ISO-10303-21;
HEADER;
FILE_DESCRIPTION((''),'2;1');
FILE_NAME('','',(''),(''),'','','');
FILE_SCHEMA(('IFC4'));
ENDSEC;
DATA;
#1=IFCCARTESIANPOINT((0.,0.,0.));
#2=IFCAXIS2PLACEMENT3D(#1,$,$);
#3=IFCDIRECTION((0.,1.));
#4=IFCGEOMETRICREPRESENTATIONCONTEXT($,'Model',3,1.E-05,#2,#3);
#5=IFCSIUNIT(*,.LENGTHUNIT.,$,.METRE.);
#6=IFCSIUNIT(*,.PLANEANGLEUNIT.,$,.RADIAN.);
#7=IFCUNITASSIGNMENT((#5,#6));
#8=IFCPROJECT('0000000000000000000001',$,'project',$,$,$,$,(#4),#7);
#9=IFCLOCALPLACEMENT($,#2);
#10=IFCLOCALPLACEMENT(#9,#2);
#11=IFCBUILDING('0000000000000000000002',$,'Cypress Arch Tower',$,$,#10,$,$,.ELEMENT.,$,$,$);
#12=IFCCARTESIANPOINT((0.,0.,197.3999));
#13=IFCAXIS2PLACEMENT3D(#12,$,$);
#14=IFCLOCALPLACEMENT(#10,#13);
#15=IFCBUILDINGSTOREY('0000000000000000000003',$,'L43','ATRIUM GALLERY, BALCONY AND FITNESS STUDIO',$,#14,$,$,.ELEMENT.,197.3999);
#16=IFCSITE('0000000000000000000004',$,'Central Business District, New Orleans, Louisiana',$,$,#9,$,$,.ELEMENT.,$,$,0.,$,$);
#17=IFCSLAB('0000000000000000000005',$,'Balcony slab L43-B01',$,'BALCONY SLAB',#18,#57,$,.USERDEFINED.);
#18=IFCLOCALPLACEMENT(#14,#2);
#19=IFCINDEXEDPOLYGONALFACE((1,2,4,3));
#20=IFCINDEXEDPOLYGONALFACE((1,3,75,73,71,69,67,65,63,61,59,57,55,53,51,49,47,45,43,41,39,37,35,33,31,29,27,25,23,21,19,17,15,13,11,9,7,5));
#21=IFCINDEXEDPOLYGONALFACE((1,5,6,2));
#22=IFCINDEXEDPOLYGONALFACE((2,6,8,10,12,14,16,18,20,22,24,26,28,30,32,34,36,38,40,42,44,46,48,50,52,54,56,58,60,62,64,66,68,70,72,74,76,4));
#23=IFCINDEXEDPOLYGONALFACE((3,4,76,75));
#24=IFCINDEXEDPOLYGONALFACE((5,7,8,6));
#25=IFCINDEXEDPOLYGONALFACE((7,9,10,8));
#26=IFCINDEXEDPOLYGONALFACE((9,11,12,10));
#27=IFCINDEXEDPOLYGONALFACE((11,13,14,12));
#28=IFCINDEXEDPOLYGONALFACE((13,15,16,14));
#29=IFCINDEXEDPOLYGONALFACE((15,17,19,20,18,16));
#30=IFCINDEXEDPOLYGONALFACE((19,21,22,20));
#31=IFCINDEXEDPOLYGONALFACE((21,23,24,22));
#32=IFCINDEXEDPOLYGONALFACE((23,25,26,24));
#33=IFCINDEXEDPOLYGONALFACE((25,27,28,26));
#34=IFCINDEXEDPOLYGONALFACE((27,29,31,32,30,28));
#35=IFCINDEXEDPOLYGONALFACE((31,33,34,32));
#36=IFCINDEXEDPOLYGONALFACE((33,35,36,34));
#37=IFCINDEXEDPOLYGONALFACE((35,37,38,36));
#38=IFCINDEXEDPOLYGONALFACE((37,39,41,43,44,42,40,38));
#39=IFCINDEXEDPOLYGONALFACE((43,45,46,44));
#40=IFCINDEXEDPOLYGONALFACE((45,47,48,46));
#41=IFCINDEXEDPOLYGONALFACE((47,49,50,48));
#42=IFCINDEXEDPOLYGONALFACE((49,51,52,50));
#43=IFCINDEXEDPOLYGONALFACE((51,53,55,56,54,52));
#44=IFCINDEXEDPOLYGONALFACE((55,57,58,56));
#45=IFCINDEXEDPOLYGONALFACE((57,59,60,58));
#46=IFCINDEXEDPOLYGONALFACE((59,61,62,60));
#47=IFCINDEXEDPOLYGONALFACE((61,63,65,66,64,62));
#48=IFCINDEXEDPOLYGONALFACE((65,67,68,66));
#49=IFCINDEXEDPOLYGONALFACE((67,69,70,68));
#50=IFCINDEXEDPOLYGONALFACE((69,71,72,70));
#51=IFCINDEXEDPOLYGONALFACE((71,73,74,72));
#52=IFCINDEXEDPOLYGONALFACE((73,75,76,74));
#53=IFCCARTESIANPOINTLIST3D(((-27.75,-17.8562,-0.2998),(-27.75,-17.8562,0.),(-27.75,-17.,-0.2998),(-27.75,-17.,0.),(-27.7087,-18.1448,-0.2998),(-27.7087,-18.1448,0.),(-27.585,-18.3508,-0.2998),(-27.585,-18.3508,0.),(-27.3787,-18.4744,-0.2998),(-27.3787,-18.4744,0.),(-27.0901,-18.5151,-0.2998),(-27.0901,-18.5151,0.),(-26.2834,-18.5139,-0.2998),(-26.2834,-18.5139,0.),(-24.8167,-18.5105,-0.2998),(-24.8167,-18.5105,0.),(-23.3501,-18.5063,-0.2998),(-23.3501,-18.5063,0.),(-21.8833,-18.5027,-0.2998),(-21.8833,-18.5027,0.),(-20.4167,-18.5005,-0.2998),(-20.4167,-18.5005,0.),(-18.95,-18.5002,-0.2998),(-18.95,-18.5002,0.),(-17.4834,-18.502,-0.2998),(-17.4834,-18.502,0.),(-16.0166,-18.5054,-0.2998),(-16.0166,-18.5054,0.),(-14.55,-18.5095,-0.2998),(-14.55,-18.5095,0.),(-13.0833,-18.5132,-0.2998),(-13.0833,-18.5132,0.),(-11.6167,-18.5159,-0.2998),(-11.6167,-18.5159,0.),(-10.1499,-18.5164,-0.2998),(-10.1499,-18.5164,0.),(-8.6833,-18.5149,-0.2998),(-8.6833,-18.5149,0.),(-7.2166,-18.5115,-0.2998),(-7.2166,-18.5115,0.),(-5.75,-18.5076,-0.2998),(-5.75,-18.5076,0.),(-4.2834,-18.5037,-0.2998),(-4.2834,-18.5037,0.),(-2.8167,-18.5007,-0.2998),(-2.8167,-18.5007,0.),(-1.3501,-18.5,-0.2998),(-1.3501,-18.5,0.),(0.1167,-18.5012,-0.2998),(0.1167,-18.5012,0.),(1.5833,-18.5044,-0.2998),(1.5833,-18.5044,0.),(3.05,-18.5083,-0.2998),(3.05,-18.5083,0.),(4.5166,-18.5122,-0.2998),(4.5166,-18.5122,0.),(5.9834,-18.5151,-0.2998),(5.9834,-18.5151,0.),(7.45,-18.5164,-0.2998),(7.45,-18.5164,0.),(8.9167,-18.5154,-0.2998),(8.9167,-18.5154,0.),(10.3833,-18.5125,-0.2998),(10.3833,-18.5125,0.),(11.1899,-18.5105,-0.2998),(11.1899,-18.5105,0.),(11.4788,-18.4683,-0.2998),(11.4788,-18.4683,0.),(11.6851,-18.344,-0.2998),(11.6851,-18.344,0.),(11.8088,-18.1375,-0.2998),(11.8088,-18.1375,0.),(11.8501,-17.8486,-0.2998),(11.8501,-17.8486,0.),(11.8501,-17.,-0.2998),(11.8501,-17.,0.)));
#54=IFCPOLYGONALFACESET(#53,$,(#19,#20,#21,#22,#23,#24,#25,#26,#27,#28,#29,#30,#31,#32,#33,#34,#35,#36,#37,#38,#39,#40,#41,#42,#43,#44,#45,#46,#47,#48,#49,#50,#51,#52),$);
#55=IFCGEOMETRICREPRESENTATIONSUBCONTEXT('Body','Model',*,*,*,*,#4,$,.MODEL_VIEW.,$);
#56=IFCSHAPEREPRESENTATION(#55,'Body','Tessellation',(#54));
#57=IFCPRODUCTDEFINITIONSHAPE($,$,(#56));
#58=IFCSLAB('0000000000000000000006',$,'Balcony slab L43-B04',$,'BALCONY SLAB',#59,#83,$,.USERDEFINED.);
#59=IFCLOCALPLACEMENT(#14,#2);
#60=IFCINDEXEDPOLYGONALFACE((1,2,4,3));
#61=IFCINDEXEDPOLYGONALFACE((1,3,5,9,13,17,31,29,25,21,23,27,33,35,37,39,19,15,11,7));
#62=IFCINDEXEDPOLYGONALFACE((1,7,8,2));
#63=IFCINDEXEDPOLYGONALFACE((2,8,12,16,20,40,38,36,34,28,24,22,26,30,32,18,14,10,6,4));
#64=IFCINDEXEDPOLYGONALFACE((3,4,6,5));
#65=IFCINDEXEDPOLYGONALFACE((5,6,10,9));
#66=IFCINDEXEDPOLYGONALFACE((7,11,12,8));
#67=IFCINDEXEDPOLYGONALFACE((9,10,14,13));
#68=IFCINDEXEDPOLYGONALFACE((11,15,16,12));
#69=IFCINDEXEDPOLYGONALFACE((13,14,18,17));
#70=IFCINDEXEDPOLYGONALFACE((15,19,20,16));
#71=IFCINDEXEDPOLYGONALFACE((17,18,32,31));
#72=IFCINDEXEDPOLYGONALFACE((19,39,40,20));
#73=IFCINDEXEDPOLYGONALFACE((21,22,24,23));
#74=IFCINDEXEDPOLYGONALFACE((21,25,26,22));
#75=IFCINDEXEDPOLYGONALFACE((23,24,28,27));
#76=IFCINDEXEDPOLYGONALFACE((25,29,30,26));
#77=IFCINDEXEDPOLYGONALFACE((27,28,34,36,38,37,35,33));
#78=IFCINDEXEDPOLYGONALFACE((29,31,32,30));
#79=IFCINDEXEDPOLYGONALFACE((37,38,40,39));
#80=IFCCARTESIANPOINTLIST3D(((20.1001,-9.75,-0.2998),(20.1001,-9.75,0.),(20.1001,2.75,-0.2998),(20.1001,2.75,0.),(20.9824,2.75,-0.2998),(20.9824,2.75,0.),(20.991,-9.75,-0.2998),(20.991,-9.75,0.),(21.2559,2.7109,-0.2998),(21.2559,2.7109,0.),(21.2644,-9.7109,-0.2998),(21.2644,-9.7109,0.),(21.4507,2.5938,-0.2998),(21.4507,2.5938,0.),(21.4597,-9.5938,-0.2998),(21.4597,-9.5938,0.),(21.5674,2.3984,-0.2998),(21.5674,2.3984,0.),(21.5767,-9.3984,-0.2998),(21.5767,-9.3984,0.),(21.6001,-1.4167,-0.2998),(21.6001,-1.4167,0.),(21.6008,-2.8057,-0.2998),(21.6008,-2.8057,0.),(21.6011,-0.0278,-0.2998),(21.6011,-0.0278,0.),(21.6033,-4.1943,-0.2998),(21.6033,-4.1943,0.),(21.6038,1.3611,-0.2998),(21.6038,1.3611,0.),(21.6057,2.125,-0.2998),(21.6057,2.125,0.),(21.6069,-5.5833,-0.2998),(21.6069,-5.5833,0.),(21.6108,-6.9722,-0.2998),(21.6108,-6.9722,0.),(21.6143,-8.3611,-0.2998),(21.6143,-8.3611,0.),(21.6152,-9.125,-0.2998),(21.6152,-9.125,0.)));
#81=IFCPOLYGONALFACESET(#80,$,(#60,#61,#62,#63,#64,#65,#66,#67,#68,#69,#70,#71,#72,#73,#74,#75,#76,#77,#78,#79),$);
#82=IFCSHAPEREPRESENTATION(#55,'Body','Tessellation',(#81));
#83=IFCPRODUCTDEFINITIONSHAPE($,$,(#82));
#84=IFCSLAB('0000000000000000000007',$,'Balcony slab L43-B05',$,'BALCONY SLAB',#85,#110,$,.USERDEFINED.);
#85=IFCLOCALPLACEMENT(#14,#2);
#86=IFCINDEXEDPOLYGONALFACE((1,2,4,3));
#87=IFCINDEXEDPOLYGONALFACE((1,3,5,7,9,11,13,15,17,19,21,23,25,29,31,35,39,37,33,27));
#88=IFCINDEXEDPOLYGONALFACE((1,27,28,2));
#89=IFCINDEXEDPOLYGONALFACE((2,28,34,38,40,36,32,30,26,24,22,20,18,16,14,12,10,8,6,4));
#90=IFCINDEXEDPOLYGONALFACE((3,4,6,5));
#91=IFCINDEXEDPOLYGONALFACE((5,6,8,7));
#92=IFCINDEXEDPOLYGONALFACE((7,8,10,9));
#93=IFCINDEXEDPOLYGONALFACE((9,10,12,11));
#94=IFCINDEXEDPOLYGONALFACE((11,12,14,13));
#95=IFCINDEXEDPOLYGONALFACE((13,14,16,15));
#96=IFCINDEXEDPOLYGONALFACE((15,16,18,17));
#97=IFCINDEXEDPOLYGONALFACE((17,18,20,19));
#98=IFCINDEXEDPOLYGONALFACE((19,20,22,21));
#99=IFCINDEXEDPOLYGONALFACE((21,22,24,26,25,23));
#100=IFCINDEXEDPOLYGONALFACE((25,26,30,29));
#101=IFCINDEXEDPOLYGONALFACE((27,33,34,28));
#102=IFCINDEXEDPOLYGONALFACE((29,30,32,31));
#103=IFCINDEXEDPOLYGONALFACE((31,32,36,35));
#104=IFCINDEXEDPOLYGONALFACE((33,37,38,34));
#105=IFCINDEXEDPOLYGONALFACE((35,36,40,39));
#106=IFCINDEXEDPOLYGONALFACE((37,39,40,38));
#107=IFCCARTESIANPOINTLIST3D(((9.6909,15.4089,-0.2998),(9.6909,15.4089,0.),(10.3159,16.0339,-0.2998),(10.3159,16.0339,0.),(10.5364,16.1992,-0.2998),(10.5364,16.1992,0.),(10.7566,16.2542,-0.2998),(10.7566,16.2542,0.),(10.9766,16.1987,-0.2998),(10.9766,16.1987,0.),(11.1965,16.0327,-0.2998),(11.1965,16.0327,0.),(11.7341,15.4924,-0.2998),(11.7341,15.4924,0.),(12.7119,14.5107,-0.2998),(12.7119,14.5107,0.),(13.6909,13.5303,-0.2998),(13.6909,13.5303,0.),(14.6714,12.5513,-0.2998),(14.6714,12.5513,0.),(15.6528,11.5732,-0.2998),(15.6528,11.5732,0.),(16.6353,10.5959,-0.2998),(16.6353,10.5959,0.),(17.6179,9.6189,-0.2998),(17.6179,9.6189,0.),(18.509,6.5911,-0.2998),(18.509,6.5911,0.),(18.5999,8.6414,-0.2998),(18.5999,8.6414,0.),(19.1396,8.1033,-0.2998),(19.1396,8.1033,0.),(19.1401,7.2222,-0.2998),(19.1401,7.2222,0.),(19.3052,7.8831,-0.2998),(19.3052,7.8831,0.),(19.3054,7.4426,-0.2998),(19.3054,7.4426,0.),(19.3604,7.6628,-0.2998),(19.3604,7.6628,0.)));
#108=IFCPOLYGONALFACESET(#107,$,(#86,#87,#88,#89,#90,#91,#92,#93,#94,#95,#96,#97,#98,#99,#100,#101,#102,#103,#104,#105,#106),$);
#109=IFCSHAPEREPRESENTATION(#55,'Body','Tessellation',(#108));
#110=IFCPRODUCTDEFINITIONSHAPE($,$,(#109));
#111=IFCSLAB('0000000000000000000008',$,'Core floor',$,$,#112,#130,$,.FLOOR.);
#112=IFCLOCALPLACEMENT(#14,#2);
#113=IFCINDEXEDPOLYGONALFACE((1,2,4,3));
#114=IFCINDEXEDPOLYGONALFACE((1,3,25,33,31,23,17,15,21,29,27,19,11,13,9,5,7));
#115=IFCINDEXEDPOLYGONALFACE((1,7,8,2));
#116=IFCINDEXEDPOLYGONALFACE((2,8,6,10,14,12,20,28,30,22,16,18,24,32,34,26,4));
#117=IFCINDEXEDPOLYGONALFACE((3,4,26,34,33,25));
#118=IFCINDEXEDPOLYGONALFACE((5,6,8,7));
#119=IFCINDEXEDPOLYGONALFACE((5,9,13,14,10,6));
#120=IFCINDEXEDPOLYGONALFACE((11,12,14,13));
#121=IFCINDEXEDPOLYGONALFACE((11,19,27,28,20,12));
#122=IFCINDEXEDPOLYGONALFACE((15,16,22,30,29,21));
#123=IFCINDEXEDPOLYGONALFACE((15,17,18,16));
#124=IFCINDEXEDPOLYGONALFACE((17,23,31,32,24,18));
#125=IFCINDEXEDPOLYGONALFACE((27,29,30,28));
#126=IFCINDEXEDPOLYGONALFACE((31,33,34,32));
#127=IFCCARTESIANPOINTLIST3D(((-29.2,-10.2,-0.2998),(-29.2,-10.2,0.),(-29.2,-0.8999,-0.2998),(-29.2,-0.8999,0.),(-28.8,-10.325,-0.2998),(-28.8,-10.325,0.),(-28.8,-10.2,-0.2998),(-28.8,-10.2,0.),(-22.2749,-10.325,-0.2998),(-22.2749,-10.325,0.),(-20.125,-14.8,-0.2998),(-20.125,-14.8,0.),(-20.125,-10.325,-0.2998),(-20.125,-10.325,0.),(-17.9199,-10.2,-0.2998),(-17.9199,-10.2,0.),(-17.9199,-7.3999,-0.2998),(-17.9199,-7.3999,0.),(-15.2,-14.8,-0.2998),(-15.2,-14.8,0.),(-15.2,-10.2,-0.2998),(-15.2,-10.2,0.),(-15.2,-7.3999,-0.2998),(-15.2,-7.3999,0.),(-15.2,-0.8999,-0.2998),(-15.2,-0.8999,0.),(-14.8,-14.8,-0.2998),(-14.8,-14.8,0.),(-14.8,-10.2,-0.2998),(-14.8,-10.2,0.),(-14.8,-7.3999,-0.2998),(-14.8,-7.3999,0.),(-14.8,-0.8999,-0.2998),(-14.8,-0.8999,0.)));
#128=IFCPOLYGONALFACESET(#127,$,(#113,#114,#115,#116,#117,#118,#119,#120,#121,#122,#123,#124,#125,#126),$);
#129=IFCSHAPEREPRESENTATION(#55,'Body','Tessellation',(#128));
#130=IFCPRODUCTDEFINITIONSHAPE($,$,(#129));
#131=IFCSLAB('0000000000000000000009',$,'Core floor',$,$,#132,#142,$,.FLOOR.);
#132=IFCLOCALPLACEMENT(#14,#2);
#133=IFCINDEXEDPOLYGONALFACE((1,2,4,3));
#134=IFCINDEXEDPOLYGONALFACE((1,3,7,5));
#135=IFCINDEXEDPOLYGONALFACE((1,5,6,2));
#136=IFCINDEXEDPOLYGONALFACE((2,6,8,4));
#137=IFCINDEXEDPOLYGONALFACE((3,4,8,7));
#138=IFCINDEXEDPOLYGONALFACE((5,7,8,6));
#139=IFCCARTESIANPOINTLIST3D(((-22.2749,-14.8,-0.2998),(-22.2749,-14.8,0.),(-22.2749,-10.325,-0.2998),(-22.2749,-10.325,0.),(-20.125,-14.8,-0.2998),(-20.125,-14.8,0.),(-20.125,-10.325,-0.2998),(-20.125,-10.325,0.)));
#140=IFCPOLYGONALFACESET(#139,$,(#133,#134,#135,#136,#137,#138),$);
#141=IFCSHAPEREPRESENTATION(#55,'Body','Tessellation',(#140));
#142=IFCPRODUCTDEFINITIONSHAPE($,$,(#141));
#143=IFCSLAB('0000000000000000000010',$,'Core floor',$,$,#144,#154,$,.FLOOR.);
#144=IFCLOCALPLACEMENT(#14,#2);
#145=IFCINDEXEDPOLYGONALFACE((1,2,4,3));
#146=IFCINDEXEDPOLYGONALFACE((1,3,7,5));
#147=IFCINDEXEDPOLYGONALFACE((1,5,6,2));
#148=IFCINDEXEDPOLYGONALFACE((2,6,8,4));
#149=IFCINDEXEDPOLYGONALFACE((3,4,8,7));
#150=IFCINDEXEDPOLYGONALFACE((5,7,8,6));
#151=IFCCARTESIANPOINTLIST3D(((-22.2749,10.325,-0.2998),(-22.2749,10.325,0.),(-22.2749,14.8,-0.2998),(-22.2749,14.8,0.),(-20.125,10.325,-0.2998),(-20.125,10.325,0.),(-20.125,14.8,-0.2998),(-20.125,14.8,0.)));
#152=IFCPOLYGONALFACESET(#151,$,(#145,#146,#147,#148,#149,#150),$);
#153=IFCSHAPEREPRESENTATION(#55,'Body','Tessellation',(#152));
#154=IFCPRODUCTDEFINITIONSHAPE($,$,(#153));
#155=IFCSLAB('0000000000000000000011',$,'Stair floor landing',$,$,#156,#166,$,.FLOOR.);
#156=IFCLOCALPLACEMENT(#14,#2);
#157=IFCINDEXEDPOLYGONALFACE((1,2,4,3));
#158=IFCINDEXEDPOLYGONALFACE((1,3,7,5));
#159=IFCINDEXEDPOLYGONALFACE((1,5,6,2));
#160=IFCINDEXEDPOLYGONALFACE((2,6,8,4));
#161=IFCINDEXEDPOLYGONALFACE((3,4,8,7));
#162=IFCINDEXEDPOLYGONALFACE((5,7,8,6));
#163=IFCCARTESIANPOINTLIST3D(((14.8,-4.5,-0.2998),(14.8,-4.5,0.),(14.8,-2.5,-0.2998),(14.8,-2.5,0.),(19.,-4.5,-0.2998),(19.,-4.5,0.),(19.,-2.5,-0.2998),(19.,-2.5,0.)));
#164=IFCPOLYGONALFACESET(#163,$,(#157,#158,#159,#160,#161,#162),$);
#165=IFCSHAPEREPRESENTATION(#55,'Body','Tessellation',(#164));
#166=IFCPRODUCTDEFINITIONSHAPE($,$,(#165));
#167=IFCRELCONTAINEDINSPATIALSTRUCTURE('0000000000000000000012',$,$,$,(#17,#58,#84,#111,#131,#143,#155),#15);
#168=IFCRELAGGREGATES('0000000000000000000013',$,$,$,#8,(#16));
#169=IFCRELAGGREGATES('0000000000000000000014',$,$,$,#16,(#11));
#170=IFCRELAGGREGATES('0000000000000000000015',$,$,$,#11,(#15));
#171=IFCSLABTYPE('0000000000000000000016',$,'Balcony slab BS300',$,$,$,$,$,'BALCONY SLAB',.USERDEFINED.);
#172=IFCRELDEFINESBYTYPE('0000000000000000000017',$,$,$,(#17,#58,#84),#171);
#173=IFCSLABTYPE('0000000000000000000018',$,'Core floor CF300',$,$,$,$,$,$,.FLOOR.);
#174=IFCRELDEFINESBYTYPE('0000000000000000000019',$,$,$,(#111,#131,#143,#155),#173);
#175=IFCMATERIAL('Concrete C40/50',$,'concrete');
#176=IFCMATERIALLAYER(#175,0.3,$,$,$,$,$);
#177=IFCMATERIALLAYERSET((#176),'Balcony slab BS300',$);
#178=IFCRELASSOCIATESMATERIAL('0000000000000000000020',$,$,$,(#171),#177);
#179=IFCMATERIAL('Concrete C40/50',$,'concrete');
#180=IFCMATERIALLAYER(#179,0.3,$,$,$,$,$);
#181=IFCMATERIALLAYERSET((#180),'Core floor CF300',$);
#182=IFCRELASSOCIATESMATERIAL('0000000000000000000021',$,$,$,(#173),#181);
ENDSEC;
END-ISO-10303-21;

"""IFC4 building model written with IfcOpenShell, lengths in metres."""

from ifc_helpers import new_model, si_unit, direction, frame, origin, place, context, subcontext, project, spatial, polyline, outline, extrude, material, layer, layer_set, type_object, element, save


model = new_model("IFC4")

# Units and contexts
model_context = context("Model", 3, precision=1e-05, world=origin(), true_north=direction((0.0, 1.0)))
body_context = subcontext(model_context, "Body", "Model", "MODEL_VIEW")
ifc_project = project(units=[si_unit("LENGTHUNIT", "METRE"), si_unit("PLANEANGLEUNIT", "RADIAN")], contexts=[model_context])

# Site, building, storey
site_placement = place(None, origin())
site = spatial("IfcSite", under=ifc_project, at=site_placement, Name="Central Business District, New Orleans, Louisiana", CompositionType="ELEMENT", RefElevation=0.0)
building_placement = place(site_placement, origin())
building = spatial("IfcBuilding", under=site, at=building_placement, Name="Cypress Arch Tower", CompositionType="ELEMENT")
storey_placement = place(building_placement, frame((0.0, 0.0, 197.3999)))
storey = spatial("IfcBuildingStorey", under=building, at=storey_placement, Name="L43", Description="ATRIUM GALLERY, BALCONY AND FITNESS STUDIO", CompositionType="ELEMENT", Elevation=197.3999)

# Slabs
ifc_material_1 = material(Name="Concrete C40/50", Category="concrete")
ifc_layer_1 = layer(ifc_material_1, 0.3)
ifc_layer_set_1 = layer_set([ifc_layer_1], Name="Balcony slab BS300")
slab_type_1 = type_object("IfcSlabType", Name="Balcony slab BS300", ElementType="BALCONY SLAB", PredefinedType="USERDEFINED", material=ifc_layer_set_1)
slab_1_placement = place(storey_placement, frame((0.0, 0.0, -0.2998)))
element("IfcSlab", 1, at=slab_1_placement, inside=storey, type_object=slab_type_1, Name="Balcony slab L43-B01", ObjectType="BALCONY SLAB", PredefinedType="USERDEFINED", context=body_context, shape_type="SweptSolid", body=[
    extrude(outline(polyline([(-27.75, -17.0), (-27.75, -17.8562), (-27.7087, -18.1448), (-27.585, -18.3508), (-27.3787, -18.4744), (-27.0901, -18.5151), (-26.2834, -18.5139), (-24.8167, -18.5105), (-23.3501, -18.5063), (-21.8833, -18.5027), (-20.4167, -18.5005), (-18.95, -18.5002), (-17.4834, -18.502), (-16.0166, -18.5054), (-14.55, -18.5095), (-13.0833, -18.5132), (-11.6167, -18.5159), (-10.1499, -18.5164), (-8.6833, -18.5149), (-7.2166, -18.5115), (-5.75, -18.5076), (-4.2834, -18.5037), (-2.8167, -18.5007), (-1.3501, -18.5), (0.1167, -18.5012), (1.5833, -18.5044), (3.05, -18.5083), (4.5166, -18.5122), (5.9834, -18.5151), (7.45, -18.5164), (8.9167, -18.5154), (10.3833, -18.5125), (11.1899, -18.5105), (11.4788, -18.4683), (11.6851, -18.344), (11.8088, -18.1375), (11.8501, -17.8486), (11.8501, -17.0), (-27.75, -17.0)])), origin(), (0.0, 0.0, 1.0), 0.2998),
])
slab_2_placement = place(storey_placement, frame((0.0, 0.0, -0.2998)))
element("IfcSlab", 2, at=slab_2_placement, inside=storey, type_object=slab_type_1, Name="Balcony slab L43-B04", ObjectType="BALCONY SLAB", PredefinedType="USERDEFINED", context=body_context, shape_type="SweptSolid", body=[
    extrude(outline(polyline([(20.1001, -9.75), (20.991, -9.75), (21.2644, -9.7109), (21.4597, -9.5938), (21.5767, -9.3984), (21.6152, -9.125), (21.6143, -8.3611), (21.6108, -6.9722), (21.6069, -5.5833), (21.6033, -4.1943), (21.6008, -2.8057), (21.6001, -1.4167), (21.6011, -0.0278), (21.6038, 1.3611), (21.6057, 2.125), (21.5674, 2.3984), (21.4507, 2.5938), (21.2559, 2.7109), (20.9824, 2.75), (20.1001, 2.75), (20.1001, -9.75)])), origin(), (0.0, 0.0, 1.0), 0.2998),
])
slab_3_placement = place(storey_placement, frame((0.0, 0.0, -0.2998)))
element("IfcSlab", 3, at=slab_3_placement, inside=storey, type_object=slab_type_1, Name="Balcony slab L43-B05", ObjectType="BALCONY SLAB", PredefinedType="USERDEFINED", context=body_context, shape_type="SweptSolid", body=[
    extrude(outline(polyline([(18.509, 6.5911), (19.1401, 7.2222), (19.3054, 7.4426), (19.3604, 7.6628), (19.3052, 7.8831), (19.1396, 8.1033), (18.5999, 8.6414), (17.6179, 9.6189), (16.6353, 10.5959), (15.6528, 11.5732), (14.6714, 12.5513), (13.6909, 13.5303), (12.7119, 14.5107), (11.7341, 15.4924), (11.1965, 16.0327), (10.9766, 16.1987), (10.7566, 16.2542), (10.5364, 16.1992), (10.3159, 16.0339), (9.6909, 15.4089), (18.509, 6.5911)])), origin(), (0.0, 0.0, 1.0), 0.2998),
])
ifc_material_2 = material(Name="Concrete C40/50", Category="concrete")
ifc_layer_2 = layer(ifc_material_2, 0.3)
ifc_layer_set_2 = layer_set([ifc_layer_2], Name="Core floor CF300")
slab_type_2 = type_object("IfcSlabType", Name="Core floor CF300", PredefinedType="FLOOR", material=ifc_layer_set_2)
slab_4_placement = place(storey_placement, frame((0.0, 0.0, -0.2998)))
element("IfcSlab", 4, at=slab_4_placement, inside=storey, type_object=slab_type_2, Name="Core floor", PredefinedType="FLOOR", context=body_context, shape_type="SweptSolid", body=[
    extrude(outline(polyline([(-28.8, -10.2), (-29.2, -10.2), (-29.2, -0.8999), (-15.2, -0.8999), (-14.8, -0.8999), (-14.8, -7.3999), (-15.2, -7.3999), (-17.9199, -7.3999), (-17.9199, -10.2), (-15.2, -10.2), (-14.8, -10.2), (-14.8, -14.8), (-15.2, -14.8), (-20.125, -14.8), (-20.125, -10.325), (-22.2749, -10.325), (-28.8, -10.325), (-28.8, -10.2)])), origin(), (0.0, 0.0, 1.0), 0.2998),
])
slab_5_placement = place(storey_placement, frame((0.0, 0.0, -0.2998)))
element("IfcSlab", 5, at=slab_5_placement, inside=storey, type_object=slab_type_2, Name="Core floor", PredefinedType="FLOOR", context=body_context, shape_type="SweptSolid", body=[
    extrude(outline(polyline([(-22.2749, -10.325), (-22.2749, -14.8), (-20.125, -14.8), (-20.125, -10.325), (-22.2749, -10.325)])), origin(), (0.0, 0.0, 1.0), 0.2998),
])
slab_6_placement = place(storey_placement, frame((0.0, 0.0, -0.2998)))
element("IfcSlab", 6, at=slab_6_placement, inside=storey, type_object=slab_type_2, Name="Core floor", PredefinedType="FLOOR", context=body_context, shape_type="SweptSolid", body=[
    extrude(outline(polyline([(-20.125, 14.8), (-22.2749, 14.8), (-22.2749, 10.325), (-20.125, 10.325), (-20.125, 14.8)])), origin(), (0.0, 0.0, 1.0), 0.2998),
])
slab_7_placement = place(storey_placement, frame((0.0, 0.0, -0.2998)))
element("IfcSlab", 7, at=slab_7_placement, inside=storey, type_object=slab_type_2, Name="Stair floor landing", PredefinedType="FLOOR", context=body_context, shape_type="SweptSolid", body=[
    extrude(outline(polyline([(19.0, -4.5), (19.0, -2.5), (14.8, -2.5), (14.8, -4.5), (19.0, -4.5)])), origin(), (0.0, 0.0, 1.0), 0.2998),
])

save(model, "model.ifc")
